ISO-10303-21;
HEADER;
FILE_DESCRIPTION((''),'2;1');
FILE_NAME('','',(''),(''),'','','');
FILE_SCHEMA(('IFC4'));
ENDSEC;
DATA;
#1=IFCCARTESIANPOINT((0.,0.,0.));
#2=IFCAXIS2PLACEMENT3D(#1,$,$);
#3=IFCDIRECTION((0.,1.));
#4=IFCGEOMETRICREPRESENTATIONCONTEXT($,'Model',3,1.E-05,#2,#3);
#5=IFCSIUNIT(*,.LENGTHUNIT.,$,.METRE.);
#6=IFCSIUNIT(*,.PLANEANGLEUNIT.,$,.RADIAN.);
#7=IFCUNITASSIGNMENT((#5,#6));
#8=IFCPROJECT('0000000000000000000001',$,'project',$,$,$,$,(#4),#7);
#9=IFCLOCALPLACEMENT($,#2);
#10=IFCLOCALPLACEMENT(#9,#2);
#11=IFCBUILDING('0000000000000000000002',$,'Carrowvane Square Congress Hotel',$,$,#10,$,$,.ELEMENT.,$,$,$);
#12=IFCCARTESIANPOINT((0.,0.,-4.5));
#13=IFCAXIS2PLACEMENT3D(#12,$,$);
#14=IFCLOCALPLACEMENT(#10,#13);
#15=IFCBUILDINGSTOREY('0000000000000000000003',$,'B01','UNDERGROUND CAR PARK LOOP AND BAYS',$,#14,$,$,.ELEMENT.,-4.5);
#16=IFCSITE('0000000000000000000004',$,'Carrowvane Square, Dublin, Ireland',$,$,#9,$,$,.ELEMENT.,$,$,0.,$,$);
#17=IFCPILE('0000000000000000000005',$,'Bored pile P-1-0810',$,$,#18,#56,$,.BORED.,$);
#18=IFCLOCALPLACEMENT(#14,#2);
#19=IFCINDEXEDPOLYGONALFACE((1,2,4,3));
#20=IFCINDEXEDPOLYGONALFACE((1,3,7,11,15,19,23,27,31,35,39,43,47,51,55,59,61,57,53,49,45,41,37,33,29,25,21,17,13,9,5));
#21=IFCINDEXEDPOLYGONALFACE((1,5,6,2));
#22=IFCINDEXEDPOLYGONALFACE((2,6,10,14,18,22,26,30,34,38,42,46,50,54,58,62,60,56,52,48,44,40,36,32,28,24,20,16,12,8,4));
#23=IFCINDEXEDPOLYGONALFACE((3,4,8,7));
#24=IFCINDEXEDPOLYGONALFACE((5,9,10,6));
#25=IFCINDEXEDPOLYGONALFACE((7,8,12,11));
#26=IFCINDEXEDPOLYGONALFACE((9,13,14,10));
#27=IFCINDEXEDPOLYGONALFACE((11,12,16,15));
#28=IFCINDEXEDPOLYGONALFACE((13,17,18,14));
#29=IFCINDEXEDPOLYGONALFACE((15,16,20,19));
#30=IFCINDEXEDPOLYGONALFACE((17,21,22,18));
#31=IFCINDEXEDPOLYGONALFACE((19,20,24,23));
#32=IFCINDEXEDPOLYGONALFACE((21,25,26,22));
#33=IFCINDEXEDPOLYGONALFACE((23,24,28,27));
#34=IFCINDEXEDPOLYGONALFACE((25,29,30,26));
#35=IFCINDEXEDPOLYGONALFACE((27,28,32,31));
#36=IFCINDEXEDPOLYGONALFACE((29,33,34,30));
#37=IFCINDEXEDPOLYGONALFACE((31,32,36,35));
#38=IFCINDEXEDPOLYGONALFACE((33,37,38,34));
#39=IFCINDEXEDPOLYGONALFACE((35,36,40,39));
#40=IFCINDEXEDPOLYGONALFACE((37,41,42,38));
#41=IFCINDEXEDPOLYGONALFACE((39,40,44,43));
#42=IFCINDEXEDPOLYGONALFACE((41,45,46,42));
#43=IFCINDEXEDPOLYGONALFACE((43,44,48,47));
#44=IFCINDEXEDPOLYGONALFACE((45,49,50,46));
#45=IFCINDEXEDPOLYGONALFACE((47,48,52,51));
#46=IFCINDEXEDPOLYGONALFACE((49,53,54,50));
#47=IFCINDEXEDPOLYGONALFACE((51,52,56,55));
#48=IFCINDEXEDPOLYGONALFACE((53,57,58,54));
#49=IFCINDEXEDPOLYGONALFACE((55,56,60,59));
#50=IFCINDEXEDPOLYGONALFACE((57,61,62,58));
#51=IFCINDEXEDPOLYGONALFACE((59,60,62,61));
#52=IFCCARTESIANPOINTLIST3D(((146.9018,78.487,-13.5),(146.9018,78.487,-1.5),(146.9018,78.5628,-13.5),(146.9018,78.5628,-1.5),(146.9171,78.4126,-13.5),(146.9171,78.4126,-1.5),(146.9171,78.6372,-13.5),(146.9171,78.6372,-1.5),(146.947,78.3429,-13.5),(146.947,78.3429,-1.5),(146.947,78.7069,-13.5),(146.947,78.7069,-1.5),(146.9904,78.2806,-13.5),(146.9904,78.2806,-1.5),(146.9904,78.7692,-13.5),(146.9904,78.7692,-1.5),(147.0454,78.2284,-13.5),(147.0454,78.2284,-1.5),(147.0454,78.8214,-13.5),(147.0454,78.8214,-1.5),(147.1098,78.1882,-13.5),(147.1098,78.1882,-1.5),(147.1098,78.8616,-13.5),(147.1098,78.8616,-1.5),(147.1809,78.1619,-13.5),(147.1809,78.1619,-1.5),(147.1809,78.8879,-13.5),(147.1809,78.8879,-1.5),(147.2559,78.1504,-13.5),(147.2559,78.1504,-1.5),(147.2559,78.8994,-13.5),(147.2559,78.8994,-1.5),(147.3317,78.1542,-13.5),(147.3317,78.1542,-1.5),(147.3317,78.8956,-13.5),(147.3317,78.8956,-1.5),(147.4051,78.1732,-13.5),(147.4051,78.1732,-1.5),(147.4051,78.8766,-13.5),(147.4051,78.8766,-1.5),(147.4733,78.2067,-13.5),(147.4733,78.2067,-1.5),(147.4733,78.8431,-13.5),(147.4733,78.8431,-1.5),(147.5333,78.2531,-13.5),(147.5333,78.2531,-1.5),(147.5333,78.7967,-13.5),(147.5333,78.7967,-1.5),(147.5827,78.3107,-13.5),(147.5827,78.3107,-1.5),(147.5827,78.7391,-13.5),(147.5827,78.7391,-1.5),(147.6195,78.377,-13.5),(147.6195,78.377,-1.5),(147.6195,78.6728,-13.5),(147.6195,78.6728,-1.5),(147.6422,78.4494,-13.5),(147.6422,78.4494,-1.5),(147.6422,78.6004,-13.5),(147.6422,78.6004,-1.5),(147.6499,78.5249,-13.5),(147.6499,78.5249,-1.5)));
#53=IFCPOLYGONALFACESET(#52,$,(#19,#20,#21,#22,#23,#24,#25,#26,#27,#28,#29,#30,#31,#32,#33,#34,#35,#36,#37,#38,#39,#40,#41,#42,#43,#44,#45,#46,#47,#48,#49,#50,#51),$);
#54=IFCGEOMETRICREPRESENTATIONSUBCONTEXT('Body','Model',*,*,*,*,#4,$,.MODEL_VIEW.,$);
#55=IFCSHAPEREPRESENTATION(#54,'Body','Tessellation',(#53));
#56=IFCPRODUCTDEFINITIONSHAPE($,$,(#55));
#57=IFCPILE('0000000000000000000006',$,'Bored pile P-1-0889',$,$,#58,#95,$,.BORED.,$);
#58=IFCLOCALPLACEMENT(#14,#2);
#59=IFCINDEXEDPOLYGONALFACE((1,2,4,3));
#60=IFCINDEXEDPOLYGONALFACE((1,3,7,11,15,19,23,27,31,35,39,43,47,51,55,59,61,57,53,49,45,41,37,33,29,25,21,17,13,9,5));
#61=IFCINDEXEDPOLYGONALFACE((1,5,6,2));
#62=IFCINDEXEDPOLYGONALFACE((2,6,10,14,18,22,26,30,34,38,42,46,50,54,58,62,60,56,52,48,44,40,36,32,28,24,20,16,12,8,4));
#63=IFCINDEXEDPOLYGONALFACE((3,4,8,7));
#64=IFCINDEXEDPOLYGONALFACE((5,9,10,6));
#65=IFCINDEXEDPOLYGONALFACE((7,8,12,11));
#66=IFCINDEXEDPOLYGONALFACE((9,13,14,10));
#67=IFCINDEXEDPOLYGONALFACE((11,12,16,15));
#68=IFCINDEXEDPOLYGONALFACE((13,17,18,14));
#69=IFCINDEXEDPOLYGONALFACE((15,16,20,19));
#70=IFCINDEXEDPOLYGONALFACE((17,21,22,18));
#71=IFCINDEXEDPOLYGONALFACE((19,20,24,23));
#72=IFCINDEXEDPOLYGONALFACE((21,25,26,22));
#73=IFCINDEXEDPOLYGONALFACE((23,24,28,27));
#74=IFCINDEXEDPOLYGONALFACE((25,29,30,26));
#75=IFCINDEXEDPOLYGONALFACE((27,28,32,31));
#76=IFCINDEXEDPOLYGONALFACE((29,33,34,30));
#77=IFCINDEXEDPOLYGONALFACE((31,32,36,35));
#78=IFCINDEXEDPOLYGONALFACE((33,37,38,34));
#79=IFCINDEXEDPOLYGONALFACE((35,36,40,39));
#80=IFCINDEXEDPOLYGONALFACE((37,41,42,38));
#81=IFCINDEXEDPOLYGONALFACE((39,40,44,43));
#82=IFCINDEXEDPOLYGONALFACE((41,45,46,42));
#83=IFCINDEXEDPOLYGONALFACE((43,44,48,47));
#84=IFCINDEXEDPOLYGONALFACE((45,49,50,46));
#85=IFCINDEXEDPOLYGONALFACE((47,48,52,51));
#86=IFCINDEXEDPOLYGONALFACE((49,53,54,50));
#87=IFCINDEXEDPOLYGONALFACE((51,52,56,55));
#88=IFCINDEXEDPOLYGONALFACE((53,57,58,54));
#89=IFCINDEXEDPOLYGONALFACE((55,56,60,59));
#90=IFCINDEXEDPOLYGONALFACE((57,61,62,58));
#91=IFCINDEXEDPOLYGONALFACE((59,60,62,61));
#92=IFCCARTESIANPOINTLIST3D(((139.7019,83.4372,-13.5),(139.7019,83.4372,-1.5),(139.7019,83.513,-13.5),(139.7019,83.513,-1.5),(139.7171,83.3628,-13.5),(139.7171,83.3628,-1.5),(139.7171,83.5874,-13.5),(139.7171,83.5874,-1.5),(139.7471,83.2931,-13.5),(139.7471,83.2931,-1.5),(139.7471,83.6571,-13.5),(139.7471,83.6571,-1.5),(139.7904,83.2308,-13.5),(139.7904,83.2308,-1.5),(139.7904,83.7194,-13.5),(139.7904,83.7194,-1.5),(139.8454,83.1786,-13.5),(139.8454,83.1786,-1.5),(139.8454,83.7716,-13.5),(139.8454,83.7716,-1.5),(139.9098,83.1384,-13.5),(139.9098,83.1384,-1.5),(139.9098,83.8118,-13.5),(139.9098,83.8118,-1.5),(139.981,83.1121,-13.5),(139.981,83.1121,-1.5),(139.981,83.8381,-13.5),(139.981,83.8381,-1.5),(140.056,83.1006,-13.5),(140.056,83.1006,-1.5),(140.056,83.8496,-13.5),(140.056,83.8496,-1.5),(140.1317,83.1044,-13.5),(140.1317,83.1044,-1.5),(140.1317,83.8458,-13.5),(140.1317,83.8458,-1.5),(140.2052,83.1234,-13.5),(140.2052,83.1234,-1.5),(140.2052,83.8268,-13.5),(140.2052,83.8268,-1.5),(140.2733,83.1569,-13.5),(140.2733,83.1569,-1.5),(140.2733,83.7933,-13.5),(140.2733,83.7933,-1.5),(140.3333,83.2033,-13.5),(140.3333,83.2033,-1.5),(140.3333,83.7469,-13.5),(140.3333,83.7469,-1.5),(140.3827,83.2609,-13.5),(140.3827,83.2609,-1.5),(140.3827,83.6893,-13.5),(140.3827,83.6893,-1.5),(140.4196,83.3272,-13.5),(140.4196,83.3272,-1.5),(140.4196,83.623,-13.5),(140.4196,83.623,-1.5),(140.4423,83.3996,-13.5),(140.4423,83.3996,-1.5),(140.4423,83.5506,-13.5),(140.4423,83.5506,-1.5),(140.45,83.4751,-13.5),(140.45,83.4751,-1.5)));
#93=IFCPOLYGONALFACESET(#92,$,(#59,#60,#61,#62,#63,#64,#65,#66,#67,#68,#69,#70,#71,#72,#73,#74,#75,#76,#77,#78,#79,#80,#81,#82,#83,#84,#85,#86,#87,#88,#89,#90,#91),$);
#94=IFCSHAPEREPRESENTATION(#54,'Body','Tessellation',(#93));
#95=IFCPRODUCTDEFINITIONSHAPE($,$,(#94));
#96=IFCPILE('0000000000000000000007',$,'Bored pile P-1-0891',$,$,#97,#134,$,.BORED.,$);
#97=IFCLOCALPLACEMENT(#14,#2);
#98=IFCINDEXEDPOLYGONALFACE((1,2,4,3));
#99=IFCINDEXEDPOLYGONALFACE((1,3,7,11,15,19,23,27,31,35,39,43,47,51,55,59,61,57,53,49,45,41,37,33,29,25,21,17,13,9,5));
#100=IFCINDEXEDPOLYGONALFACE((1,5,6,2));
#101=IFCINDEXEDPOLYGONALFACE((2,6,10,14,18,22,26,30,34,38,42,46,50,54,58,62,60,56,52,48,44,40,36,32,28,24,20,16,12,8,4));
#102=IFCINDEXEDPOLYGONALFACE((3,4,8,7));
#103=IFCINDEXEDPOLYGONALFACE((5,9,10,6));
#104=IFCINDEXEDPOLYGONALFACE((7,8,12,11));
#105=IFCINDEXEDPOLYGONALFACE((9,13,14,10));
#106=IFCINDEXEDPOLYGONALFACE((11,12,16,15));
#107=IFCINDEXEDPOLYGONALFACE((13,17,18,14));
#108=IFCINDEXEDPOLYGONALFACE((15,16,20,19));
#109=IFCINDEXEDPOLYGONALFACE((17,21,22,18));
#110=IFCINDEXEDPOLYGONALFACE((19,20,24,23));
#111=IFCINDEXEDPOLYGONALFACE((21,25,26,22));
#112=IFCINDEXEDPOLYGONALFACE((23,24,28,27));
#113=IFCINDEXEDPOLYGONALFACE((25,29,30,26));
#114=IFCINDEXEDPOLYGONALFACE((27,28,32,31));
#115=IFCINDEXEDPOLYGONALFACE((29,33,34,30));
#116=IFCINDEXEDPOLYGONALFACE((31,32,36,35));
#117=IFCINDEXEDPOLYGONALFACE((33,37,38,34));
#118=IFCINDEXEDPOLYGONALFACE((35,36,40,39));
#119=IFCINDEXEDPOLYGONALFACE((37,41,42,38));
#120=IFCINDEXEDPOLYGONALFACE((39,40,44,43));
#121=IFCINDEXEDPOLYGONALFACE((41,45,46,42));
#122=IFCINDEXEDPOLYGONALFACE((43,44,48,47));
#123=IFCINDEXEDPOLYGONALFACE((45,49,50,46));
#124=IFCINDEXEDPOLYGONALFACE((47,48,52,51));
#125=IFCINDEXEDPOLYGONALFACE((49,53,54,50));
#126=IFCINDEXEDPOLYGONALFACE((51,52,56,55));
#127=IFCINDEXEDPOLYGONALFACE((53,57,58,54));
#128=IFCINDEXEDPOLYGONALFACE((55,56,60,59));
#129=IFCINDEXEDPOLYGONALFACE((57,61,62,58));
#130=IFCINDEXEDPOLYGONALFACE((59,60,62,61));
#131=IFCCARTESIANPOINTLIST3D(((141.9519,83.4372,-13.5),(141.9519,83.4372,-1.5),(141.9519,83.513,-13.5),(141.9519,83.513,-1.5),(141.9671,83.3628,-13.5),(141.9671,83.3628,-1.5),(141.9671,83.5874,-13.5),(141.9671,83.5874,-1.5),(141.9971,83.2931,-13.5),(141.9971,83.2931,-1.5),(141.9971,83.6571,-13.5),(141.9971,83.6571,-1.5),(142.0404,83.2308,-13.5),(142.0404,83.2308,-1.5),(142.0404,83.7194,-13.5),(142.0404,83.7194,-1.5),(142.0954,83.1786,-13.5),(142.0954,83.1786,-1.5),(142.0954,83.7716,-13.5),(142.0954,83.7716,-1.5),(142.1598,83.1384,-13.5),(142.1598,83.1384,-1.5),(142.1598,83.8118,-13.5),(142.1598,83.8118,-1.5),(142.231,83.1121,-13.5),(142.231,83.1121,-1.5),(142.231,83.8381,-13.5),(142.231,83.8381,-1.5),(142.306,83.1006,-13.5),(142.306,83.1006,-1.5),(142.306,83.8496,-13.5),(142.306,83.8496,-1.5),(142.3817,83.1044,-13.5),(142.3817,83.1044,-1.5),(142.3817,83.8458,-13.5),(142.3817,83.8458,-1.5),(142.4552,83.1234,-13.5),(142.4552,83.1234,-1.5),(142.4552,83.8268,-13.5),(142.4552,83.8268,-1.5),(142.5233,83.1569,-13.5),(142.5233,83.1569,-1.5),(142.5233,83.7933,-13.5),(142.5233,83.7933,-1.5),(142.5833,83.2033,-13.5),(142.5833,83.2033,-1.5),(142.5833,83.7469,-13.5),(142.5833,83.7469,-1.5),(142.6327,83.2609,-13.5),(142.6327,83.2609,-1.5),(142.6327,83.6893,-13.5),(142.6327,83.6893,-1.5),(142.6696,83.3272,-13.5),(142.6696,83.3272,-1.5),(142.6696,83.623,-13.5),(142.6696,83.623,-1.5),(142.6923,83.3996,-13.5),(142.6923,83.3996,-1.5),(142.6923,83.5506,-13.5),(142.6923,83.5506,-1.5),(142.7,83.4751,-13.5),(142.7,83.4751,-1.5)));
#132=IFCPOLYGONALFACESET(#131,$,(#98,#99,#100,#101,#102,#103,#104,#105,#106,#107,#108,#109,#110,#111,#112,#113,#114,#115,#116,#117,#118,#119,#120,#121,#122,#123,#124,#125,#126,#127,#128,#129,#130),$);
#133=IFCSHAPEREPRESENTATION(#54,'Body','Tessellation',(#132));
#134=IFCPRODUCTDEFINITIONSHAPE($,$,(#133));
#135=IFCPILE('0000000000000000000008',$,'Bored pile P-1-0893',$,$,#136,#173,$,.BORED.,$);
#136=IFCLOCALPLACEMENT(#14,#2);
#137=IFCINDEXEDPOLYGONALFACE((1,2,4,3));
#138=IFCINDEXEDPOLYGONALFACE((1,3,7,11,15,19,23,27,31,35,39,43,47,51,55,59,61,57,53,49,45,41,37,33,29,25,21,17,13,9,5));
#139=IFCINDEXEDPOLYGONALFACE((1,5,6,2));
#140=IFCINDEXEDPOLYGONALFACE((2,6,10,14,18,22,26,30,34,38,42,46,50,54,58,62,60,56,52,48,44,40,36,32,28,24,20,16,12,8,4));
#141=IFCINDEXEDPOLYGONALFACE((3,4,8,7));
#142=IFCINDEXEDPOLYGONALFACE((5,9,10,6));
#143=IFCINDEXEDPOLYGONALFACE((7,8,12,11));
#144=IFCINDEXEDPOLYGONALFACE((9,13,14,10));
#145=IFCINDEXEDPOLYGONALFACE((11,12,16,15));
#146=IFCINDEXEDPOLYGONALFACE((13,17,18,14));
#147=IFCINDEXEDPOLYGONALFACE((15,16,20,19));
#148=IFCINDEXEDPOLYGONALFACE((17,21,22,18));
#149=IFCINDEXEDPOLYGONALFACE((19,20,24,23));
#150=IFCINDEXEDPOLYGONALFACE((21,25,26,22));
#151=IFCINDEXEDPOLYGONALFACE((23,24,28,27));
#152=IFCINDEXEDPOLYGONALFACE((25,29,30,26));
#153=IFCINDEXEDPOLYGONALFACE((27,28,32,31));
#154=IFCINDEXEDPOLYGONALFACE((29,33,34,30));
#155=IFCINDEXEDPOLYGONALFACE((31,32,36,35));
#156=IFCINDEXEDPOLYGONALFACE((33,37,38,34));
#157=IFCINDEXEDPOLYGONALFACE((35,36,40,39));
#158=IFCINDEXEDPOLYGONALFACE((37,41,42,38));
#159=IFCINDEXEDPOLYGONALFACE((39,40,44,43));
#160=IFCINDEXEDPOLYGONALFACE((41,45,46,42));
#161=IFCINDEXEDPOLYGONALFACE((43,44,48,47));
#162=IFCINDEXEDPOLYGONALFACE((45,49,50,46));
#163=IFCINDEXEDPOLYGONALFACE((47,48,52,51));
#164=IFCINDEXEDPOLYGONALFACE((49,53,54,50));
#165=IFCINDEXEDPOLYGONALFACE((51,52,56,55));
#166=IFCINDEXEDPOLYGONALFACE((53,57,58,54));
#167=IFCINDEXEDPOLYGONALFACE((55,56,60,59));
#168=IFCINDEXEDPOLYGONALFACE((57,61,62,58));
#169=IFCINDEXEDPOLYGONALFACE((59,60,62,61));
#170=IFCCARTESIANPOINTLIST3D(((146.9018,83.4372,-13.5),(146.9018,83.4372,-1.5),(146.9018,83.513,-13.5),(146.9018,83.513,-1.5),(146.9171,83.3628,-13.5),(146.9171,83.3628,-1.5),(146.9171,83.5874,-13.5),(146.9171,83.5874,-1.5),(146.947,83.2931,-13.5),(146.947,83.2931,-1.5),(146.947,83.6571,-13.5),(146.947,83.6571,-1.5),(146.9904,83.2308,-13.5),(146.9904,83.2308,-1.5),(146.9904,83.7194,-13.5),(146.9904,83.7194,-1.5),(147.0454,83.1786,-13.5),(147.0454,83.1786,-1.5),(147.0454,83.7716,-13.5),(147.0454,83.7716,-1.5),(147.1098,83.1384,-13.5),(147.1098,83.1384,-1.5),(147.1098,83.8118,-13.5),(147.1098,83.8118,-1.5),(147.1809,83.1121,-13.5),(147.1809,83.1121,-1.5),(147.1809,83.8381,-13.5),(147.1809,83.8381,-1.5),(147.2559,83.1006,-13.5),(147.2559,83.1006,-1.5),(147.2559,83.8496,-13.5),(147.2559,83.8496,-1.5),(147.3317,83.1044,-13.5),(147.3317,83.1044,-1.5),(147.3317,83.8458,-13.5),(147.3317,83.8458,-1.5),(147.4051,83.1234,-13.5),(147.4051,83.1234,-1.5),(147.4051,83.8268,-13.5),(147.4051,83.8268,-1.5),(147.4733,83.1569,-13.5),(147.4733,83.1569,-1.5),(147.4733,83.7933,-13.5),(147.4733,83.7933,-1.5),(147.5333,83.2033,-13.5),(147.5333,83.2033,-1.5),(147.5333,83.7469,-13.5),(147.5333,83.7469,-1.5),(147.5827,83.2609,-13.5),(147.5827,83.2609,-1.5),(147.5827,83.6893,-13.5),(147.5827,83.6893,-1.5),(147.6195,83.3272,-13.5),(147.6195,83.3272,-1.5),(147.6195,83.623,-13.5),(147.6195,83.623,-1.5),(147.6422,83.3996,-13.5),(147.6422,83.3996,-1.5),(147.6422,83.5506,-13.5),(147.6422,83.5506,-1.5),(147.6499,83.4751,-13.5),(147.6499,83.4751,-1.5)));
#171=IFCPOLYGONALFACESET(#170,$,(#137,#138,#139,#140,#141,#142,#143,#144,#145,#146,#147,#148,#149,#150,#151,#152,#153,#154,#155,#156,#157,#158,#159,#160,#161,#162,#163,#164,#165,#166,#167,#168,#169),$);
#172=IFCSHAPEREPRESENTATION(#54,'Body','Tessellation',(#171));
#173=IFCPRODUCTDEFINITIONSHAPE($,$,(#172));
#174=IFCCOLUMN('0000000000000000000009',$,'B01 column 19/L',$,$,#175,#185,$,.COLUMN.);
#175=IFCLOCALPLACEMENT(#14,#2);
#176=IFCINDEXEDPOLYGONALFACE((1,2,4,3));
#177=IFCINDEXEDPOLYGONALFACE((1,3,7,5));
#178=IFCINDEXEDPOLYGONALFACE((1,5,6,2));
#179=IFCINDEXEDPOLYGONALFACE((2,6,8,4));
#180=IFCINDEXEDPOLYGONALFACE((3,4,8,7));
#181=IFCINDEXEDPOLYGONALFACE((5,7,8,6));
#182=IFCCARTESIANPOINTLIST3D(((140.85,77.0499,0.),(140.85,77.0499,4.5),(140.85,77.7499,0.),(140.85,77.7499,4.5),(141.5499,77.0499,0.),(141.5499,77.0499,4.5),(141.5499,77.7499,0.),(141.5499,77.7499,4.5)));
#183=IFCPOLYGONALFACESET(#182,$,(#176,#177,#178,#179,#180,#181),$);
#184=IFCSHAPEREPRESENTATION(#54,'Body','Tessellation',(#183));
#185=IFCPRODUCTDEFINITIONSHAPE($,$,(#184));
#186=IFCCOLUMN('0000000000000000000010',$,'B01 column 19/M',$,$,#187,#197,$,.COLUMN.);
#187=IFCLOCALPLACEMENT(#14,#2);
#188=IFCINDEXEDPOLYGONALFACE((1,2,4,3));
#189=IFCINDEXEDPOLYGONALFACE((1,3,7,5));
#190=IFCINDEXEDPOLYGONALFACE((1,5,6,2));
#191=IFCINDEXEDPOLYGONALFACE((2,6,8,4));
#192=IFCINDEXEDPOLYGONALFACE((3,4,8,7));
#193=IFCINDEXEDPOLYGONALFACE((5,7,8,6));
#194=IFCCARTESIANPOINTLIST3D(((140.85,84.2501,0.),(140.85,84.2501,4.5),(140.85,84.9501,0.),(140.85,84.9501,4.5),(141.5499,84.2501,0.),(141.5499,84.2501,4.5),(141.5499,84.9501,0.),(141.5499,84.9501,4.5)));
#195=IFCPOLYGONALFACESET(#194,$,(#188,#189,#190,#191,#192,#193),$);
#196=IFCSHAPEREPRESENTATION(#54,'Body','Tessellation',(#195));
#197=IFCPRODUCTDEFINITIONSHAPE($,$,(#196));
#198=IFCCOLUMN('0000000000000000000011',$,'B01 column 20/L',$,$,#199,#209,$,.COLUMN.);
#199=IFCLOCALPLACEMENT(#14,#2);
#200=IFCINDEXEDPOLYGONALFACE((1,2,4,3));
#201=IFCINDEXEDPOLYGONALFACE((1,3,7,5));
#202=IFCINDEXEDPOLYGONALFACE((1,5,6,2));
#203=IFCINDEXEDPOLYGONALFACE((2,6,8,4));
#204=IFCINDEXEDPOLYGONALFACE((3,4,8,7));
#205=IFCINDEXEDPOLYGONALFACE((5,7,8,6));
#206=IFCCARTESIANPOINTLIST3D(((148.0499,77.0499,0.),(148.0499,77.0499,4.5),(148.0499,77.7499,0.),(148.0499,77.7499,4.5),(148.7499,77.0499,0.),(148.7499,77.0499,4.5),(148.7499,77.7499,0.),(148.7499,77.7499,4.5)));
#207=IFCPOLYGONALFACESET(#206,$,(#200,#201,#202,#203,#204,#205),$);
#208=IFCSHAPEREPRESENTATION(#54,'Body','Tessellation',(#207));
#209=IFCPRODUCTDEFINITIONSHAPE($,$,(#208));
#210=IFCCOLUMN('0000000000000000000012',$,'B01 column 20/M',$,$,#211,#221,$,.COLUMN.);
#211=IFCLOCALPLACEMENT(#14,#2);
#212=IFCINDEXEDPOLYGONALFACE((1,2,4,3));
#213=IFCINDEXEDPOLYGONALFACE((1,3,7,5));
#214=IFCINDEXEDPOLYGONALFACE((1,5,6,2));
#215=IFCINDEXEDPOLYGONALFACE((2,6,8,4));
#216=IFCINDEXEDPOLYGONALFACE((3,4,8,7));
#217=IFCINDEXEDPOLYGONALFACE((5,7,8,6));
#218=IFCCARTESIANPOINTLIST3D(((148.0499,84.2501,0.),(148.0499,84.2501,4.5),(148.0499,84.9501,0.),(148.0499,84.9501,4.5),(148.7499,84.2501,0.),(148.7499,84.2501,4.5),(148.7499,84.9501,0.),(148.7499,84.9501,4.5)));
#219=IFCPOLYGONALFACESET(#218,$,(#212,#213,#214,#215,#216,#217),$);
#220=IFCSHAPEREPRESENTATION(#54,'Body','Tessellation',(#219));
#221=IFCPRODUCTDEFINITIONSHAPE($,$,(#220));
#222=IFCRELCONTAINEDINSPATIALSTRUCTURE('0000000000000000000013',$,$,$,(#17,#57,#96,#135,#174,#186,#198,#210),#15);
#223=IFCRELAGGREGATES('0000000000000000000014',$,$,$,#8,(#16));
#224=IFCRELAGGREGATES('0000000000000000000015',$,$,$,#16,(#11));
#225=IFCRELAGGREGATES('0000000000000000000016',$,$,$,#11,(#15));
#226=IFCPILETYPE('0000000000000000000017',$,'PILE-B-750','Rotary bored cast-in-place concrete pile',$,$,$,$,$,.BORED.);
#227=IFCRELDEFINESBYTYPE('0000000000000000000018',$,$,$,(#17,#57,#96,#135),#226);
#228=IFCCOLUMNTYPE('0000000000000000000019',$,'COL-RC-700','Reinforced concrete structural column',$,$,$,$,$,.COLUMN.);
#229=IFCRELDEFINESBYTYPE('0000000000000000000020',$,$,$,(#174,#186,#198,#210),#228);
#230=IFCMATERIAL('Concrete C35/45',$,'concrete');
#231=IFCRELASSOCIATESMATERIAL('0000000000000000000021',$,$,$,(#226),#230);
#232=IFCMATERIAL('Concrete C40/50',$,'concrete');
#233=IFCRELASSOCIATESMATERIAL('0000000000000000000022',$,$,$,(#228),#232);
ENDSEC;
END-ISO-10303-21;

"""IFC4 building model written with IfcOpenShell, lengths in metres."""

from ifc_helpers import new_model, si_unit, direction, frame, origin, origin_2d, place, context, subcontext, project, spatial, rectangle, circle, extrude, material, material_profile, profile_set, type_object, element, save


model = new_model("IFC4")

# Units and contexts
model_context = context("Model", 3, precision=1e-05, world=origin(), true_north=direction((0.0, 1.0)))
body_context = subcontext(model_context, "Body", "Model", "MODEL_VIEW")
ifc_project = project(units=[si_unit("LENGTHUNIT", "METRE"), si_unit("PLANEANGLEUNIT", "RADIAN")], contexts=[model_context])

# Site, building, storey
site_placement = place(None, origin())
site = spatial("IfcSite", under=ifc_project, at=site_placement, Name="Carrowvane Square, Dublin, Ireland", CompositionType="ELEMENT", RefElevation=0.0)
building_placement = place(site_placement, origin())
building = spatial("IfcBuilding", under=site, at=building_placement, Name="Carrowvane Square Congress Hotel", CompositionType="ELEMENT")
storey_placement = place(building_placement, frame((0.0, 0.0, -4.5)))
storey = spatial("IfcBuildingStorey", under=building, at=storey_placement, Name="B01", Description="UNDERGROUND CAR PARK LOOP AND BAYS", CompositionType="ELEMENT", Elevation=-4.5)

# Piles
ifc_material_1 = material(Name="Concrete C35/45", Category="concrete")
ifc_material_profile_1 = material_profile(ifc_material_1, circle(Radius=0.375, at=origin_2d()), Name="PILE D750")
ifc_profile_set_1 = profile_set([ifc_material_profile_1], Name="Concrete C35/45")
pile_type = type_object("IfcPileType", Name="PILE-B-750", Description="Rotary bored cast-in-place concrete pile", PredefinedType="BORED", material=ifc_profile_set_1)
for number, where, z_axis, x_axis, name in (
    (1, (147.2749, 78.5249, -1.5), (0.0, 0.0, -1.0), (1.0, 0.0, 0.0), "Bored pile P-1-0810"),
    (2, (140.075, 83.4751, -1.5), (0.0, 0.0, -1.0), (1.0, 0.0, 0.0), "Bored pile P-1-0889"),
    (3, (142.325, 83.4751, -1.5), (0.0, 0.0, -1.0), (1.0, 0.0, 0.0), "Bored pile P-1-0891"),
    (4, (147.2749, 83.4751, -1.5), (0.0, 0.0, -1.0), (1.0, 0.0, 0.0), "Bored pile P-1-0893"),
):
    element("IfcPile", number, at=place(storey_placement, frame(where, z_axis=z_axis, x_axis=x_axis)), inside=storey, type_object=pile_type, Name=name, PredefinedType="BORED", context=body_context, shape_type="SweptSolid", body=[
        extrude(circle(Radius=0.375, at=origin_2d()), origin(), (0.0, 0.0, 1.0), 12.0),
    ])

# Columns
ifc_material_2 = material(Name="Concrete C40/50", Category="concrete")
ifc_material_profile_2 = material_profile(ifc_material_2, rectangle(XDim=0.7, YDim=0.7, at=origin_2d()), Name="RC 700x700")
ifc_profile_set_2 = profile_set([ifc_material_profile_2], Name="Concrete C40/50")
column_type = type_object("IfcColumnType", Name="COL-RC-700", Description="Reinforced concrete structural column", PredefinedType="COLUMN", material=ifc_profile_set_2)
for number, where, z_axis, x_axis, name in (
    (5, (141.2, 77.3999, 0.0), (0.0, 0.0, 1.0), (1.0, 0.0, 0.0), "B01 column 19/L"),
    (6, (141.2, 84.6001, 0.0), (0.0, 0.0, 1.0), (1.0, 0.0, 0.0), "B01 column 19/M"),
    (7, (148.3999, 77.3999, 0.0), (0.0, 0.0, 1.0), (1.0, 0.0, 0.0), "B01 column 20/L"),
    (8, (148.3999, 84.6001, 0.0), (0.0, 0.0, 1.0), (1.0, 0.0, 0.0), "B01 column 20/M"),
):
    element("IfcColumn", number, at=place(storey_placement, frame(where, z_axis=z_axis, x_axis=x_axis)), inside=storey, type_object=column_type, Name=name, PredefinedType="COLUMN", context=body_context, shape_type="SweptSolid", body=[
        extrude(rectangle(XDim=0.7, YDim=0.7, at=origin_2d()), origin(), (0.0, 0.0, 1.0), 4.5),
    ])

save(model, "model.ifc")
